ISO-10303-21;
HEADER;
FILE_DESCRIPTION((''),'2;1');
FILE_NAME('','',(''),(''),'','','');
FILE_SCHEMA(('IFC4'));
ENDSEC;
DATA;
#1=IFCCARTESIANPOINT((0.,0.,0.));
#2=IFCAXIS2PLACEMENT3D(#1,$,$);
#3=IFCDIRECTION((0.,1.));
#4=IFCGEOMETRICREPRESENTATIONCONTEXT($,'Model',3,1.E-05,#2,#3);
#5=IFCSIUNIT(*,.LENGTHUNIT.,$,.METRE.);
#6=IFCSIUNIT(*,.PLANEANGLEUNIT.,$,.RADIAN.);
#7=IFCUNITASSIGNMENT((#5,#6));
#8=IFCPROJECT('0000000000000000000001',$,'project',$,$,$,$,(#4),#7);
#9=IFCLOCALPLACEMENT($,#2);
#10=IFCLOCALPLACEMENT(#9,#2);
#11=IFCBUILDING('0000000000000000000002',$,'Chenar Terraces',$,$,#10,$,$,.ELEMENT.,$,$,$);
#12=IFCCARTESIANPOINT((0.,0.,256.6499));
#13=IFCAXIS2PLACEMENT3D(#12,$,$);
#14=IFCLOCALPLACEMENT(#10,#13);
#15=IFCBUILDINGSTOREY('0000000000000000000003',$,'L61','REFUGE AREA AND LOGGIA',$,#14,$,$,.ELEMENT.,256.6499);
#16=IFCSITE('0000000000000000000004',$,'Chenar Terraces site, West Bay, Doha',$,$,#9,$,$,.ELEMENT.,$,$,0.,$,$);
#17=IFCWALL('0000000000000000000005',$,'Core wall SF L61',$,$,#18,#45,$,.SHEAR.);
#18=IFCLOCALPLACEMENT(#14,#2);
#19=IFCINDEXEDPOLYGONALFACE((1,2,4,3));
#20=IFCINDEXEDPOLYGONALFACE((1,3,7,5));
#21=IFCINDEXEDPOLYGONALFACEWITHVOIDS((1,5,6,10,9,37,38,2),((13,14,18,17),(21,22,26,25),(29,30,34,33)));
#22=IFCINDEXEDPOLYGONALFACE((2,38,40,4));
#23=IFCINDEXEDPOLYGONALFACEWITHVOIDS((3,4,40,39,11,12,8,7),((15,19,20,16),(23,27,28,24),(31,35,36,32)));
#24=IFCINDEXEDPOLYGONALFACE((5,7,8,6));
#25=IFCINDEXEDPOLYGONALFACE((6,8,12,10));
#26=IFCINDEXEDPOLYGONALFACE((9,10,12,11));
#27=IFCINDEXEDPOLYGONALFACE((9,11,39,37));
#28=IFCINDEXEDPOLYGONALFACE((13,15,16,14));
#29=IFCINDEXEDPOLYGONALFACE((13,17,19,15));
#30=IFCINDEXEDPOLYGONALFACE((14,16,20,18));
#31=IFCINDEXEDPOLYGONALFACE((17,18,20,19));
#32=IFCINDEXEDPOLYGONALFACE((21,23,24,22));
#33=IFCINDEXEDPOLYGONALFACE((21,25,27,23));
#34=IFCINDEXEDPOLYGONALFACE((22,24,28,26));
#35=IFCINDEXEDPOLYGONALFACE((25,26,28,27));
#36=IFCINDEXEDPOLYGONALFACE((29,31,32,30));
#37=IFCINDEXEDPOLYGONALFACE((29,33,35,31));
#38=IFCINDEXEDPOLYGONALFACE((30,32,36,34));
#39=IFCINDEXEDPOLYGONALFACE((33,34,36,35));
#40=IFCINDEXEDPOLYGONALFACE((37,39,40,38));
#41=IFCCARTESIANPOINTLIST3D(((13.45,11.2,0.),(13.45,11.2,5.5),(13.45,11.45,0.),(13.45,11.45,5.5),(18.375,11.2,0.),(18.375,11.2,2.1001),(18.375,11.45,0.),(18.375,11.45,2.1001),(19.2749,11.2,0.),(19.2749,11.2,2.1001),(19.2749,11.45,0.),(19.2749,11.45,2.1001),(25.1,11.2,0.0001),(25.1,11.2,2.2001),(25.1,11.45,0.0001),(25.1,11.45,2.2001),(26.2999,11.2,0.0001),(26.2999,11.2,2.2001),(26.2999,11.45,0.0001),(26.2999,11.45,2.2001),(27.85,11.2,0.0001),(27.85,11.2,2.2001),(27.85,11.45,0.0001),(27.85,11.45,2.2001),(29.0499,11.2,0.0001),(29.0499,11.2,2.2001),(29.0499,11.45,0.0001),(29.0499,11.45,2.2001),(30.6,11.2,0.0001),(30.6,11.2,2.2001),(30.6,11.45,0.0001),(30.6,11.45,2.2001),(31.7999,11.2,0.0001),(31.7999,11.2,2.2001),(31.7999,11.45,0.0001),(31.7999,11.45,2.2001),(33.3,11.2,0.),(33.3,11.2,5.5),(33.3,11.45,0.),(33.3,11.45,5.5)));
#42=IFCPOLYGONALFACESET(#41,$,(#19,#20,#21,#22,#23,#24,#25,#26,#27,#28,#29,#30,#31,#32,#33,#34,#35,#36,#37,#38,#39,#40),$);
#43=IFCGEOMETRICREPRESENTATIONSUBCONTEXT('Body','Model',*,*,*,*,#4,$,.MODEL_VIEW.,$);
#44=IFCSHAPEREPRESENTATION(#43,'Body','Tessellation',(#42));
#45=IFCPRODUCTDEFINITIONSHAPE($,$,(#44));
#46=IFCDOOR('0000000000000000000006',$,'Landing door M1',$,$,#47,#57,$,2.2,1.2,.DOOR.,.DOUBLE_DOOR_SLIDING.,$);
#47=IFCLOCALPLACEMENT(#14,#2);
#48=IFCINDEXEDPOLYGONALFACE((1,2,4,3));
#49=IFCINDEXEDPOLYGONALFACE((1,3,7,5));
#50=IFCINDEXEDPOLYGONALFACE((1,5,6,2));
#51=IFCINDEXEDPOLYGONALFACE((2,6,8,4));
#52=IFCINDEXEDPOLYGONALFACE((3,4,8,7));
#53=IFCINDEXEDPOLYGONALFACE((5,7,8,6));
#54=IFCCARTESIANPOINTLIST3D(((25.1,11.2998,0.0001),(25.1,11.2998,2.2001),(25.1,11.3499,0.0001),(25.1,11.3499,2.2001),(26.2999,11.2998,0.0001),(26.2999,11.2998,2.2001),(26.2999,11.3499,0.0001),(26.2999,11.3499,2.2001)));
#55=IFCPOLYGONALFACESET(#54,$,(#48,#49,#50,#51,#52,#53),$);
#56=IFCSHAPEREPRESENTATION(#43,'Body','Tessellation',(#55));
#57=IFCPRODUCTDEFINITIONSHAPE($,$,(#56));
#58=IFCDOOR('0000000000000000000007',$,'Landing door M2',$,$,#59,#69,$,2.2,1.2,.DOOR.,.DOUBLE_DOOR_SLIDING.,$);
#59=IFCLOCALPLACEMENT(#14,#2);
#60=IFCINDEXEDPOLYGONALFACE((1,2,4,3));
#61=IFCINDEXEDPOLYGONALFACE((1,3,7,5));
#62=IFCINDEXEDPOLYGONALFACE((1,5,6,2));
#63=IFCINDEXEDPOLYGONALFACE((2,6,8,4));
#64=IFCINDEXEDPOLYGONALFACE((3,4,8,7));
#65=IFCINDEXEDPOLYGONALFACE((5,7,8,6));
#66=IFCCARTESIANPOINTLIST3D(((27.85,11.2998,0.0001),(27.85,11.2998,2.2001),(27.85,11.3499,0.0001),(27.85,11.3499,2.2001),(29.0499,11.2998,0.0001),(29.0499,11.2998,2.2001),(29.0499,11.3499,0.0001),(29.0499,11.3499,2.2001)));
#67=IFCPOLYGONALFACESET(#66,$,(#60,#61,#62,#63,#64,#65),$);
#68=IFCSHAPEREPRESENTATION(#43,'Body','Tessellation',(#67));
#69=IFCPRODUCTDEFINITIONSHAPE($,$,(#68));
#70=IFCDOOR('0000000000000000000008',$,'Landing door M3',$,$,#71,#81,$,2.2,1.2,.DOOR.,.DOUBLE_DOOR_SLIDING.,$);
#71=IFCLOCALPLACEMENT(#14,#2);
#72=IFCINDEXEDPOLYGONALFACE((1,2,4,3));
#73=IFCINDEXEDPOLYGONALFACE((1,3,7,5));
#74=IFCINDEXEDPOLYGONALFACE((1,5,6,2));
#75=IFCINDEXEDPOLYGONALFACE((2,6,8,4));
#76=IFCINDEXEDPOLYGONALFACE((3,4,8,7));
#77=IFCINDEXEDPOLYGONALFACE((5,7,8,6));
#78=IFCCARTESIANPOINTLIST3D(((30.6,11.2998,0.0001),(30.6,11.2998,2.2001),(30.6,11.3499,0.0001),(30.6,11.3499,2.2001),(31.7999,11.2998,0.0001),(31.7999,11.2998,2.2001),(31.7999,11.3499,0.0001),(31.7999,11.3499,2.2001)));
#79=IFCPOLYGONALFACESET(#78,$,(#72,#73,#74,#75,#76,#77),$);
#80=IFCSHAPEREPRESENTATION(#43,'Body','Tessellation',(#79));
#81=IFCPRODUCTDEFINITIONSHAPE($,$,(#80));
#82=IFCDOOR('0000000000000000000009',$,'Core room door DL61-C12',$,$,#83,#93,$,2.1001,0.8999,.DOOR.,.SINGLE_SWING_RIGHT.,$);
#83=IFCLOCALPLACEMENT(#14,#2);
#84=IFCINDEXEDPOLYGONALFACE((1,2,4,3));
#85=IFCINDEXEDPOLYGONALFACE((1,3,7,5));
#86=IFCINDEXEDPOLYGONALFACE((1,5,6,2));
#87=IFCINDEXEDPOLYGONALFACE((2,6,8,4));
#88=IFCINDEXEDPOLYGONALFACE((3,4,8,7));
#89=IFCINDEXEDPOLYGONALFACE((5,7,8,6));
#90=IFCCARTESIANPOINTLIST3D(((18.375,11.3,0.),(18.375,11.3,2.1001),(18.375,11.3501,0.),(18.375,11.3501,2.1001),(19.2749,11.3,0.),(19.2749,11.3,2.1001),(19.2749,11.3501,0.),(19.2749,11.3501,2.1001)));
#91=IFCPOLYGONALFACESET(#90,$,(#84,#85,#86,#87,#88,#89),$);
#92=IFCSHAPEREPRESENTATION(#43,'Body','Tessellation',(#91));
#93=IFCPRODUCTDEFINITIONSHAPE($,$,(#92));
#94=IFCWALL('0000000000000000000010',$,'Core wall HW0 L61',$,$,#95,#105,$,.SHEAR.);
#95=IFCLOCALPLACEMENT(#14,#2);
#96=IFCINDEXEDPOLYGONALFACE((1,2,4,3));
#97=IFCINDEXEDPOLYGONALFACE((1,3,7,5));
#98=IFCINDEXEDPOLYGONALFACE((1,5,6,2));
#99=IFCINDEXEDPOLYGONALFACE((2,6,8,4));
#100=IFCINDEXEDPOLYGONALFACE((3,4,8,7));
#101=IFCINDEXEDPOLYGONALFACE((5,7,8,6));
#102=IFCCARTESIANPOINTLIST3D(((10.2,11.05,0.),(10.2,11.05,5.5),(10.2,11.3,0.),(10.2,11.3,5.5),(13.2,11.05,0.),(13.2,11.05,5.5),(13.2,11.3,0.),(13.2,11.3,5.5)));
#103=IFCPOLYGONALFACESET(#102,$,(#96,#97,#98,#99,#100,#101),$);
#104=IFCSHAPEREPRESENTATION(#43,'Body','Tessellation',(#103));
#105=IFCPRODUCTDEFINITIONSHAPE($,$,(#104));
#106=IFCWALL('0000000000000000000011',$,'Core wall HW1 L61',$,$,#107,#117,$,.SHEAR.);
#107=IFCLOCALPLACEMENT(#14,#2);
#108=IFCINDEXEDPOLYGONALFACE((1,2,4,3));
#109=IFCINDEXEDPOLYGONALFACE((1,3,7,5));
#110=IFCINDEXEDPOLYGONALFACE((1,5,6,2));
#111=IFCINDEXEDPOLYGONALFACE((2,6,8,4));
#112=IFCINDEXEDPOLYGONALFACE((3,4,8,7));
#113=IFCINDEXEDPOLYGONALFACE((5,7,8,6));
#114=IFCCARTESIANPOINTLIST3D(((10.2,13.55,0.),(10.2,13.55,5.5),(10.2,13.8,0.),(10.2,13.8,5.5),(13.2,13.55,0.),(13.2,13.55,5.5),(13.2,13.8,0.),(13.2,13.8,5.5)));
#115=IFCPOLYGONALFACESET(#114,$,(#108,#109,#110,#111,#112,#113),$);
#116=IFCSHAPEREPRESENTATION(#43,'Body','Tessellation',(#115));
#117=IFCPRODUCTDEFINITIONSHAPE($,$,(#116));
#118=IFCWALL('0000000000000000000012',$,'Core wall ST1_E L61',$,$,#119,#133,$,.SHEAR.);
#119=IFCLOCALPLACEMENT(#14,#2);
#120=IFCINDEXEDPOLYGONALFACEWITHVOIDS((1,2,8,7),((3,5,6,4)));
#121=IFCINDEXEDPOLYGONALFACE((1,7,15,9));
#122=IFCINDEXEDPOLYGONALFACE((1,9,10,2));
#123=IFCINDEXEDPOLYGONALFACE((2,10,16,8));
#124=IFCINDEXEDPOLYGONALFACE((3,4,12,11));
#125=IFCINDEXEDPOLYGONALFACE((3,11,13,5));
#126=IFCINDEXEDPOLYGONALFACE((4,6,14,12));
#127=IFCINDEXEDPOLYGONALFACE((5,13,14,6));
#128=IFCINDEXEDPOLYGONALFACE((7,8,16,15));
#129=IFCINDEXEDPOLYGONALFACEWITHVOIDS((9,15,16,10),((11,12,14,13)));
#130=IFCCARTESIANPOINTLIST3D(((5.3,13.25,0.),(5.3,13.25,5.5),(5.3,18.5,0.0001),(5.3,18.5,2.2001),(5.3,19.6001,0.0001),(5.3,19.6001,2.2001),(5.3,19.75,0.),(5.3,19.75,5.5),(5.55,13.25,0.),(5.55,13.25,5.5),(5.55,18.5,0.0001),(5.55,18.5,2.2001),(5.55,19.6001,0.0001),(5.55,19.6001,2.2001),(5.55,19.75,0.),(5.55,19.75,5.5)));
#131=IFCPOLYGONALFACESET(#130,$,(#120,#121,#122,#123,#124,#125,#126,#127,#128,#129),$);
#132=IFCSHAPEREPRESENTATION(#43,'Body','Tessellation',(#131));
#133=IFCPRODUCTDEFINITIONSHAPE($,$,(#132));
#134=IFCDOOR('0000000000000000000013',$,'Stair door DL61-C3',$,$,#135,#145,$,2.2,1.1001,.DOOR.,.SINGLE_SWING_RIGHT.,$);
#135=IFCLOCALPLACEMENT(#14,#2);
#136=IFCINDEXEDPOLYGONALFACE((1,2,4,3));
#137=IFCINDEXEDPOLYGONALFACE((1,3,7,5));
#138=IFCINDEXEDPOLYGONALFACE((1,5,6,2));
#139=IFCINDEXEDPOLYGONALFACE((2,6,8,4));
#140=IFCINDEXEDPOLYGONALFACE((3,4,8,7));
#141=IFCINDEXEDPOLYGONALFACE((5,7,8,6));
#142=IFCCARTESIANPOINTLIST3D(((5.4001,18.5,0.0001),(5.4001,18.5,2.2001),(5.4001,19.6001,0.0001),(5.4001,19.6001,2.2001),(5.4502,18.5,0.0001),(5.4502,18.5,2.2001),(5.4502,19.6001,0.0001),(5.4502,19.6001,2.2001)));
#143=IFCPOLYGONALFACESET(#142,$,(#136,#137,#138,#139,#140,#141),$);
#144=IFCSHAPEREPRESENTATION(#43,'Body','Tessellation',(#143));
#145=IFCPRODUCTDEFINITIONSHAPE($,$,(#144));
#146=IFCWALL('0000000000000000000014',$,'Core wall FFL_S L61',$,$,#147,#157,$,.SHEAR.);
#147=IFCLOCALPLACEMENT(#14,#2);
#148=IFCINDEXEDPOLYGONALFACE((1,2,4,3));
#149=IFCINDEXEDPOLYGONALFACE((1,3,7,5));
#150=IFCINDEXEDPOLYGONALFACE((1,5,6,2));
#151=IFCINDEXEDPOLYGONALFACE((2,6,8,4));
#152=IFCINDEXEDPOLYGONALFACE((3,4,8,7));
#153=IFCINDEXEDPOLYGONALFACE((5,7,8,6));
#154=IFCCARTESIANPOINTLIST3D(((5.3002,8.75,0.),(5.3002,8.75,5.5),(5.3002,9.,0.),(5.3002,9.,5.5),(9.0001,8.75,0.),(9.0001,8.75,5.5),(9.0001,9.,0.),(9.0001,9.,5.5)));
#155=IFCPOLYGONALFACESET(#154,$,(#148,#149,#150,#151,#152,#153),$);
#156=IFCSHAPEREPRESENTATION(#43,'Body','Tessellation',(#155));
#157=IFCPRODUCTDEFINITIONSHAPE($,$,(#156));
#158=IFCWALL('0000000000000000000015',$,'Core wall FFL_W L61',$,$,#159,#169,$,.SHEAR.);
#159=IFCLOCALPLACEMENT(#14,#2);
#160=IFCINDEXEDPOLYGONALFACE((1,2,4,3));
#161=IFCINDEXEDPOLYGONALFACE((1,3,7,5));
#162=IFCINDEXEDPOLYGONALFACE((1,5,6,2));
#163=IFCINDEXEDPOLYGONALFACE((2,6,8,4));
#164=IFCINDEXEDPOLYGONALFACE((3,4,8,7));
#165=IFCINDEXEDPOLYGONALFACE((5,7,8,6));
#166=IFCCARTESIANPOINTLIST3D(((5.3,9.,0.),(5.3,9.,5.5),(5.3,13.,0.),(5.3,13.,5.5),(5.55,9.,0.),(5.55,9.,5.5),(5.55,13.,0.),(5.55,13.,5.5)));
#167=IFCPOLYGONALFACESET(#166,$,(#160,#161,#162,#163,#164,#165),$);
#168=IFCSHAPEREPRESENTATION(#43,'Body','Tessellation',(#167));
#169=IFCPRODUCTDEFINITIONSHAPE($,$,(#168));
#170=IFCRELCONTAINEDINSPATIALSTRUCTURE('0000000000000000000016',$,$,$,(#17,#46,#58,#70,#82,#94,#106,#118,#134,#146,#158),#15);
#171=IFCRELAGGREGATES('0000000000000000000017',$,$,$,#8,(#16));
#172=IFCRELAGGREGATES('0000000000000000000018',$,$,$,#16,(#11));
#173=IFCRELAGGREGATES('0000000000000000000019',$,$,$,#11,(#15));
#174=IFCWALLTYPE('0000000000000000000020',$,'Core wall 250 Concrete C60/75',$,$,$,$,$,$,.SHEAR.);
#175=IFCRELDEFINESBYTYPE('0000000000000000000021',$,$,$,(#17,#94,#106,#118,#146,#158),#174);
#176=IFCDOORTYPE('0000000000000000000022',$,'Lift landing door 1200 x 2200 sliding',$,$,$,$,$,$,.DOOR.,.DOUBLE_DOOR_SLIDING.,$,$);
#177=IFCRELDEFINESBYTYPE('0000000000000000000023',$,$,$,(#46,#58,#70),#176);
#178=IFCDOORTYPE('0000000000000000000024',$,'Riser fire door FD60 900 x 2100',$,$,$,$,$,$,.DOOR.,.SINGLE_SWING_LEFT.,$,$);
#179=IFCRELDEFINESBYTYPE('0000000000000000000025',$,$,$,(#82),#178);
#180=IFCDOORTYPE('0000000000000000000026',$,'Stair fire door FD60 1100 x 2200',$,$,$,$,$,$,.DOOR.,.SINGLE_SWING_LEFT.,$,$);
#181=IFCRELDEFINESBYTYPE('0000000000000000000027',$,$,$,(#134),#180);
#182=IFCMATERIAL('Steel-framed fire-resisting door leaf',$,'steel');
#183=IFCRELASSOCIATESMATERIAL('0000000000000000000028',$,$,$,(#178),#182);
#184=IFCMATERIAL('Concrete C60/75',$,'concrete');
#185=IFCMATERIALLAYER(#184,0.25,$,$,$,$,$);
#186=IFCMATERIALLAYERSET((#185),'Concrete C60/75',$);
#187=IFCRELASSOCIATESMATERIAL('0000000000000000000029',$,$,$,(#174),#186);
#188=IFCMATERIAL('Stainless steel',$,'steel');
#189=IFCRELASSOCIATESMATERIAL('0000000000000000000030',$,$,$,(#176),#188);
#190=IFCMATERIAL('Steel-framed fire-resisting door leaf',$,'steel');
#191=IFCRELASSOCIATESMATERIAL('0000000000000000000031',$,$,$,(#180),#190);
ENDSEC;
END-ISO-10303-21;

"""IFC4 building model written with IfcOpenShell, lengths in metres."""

from ifc_helpers import new_model, si_unit, direction, frame, frame_2d, origin, place, context, subcontext, project, spatial, rectangle, extrude, material, layer, layer_set, type_object, element, fill, save


model = new_model("IFC4")

# Units and contexts
model_context = context("Model", 3, precision=1e-05, world=origin(), true_north=direction((0.0, 1.0)))
body_context = subcontext(model_context, "Body", "Model", "MODEL_VIEW")
ifc_project = project(units=[si_unit("LENGTHUNIT", "METRE"), si_unit("PLANEANGLEUNIT", "RADIAN")], contexts=[model_context])

# Site, building, storey
site_placement = place(None, origin())
site = spatial("IfcSite", under=ifc_project, at=site_placement, Name="Chenar Terraces site, West Bay, Doha", CompositionType="ELEMENT", RefElevation=0.0)
building_placement = place(site_placement, origin())
building = spatial("IfcBuilding", under=site, at=building_placement, Name="Chenar Terraces", CompositionType="ELEMENT")
storey_placement = place(building_placement, frame((0.0, 0.0, 256.6499)))
storey = spatial("IfcBuildingStorey", under=building, at=storey_placement, Name="L61", Description="REFUGE AREA AND LOGGIA", CompositionType="ELEMENT", Elevation=256.6499)

# Shared definitions
ifc_material_1 = material(Name="Steel-framed fire-resisting door leaf", Category="steel")
door_type_1 = type_object("IfcDoorType", Name="Riser fire door FD60 900 x 2100", OperationType="SINGLE_SWING_LEFT", PredefinedType="DOOR", material=ifc_material_1)

# Shared definitions
ifc_material_2 = material(Name="Concrete C60/75", Category="concrete")
ifc_layer_1 = layer(ifc_material_2, 0.25)
ifc_layer_set_1 = layer_set([ifc_layer_1], Name="Concrete C60/75")
wall_type_1 = type_object("IfcWallType", Name="Core wall 250 Concrete C60/75", PredefinedType="SHEAR", material=ifc_layer_set_1)

# Wall, openings, doors
wall_1_placement = place(storey_placement, frame((13.45, 11.325, 0.0), z_axis=(0.0, 0.0, 1.0), x_axis=(1.0, 0.0, 0.0)))
wall_1 = element("IfcWall", 1, at=wall_1_placement, inside=storey, type_object=wall_type_1, Name="Core wall SF L61", PredefinedType="SHEAR", context=body_context, shape_type="SweptSolid", body=[
    extrude(rectangle(XDim=19.8501, YDim=0.25, at=frame_2d((9.925, 0.0))), origin(), (0.0, 0.0, 1.0), 5.5),
])
opening_1_placement = place(wall_1_placement, frame((11.6499, 0.0, 0.0)))
opening_1 = element("IfcOpeningElement", 2, at=opening_1_placement, cuts=wall_1, PredefinedType="OPENING", context=body_context, shape_type="SweptSolid", body=[
    extrude(rectangle(XDim=1.2, YDim=2.2, at=frame_2d((0.6001, 1.1001))), frame((0.0, 0.135, 0.0), z_axis=(0.0, -1.0, 0.0), x_axis=(1.0, 0.0, 0.0)), (0.0, 0.0, 1.0), 0.27),
])
opening_2_placement = place(wall_1_placement, frame((14.3999, 0.0, 0.0)))
opening_2 = element("IfcOpeningElement", 3, at=opening_2_placement, cuts=wall_1, PredefinedType="OPENING", context=body_context, shape_type="SweptSolid", body=[
    extrude(rectangle(XDim=1.2, YDim=2.2, at=frame_2d((0.6001, 1.1001))), frame((0.0, 0.135, 0.0), z_axis=(0.0, -1.0, 0.0), x_axis=(1.0, 0.0, 0.0)), (0.0, 0.0, 1.0), 0.27),
])
opening_3_placement = place(wall_1_placement, frame((17.1499, 0.0, 0.0)))
opening_3 = element("IfcOpeningElement", 4, at=opening_3_placement, cuts=wall_1, PredefinedType="OPENING", context=body_context, shape_type="SweptSolid", body=[
    extrude(rectangle(XDim=1.2, YDim=2.2, at=frame_2d((0.6001, 1.1001))), frame((0.0, 0.135, 0.0), z_axis=(0.0, -1.0, 0.0), x_axis=(1.0, 0.0, 0.0)), (0.0, 0.0, 1.0), 0.27),
])
opening_4_placement = place(wall_1_placement, frame((4.925, 0.0, 0.0)))
opening_4 = element("IfcOpeningElement", 5, at=opening_4_placement, cuts=wall_1, PredefinedType="OPENING", context=body_context, shape_type="SweptSolid", body=[
    extrude(rectangle(XDim=0.8999, YDim=2.1001, at=frame_2d((0.45, 1.05))), frame((0.0, 0.135, 0.0), z_axis=(0.0, -1.0, 0.0), x_axis=(1.0, 0.0, 0.0)), (0.0, 0.0, 1.0), 0.27),
])
ifc_material_3 = material(Name="Stainless steel", Category="steel")
door_type_2 = type_object("IfcDoorType", Name="Lift landing door 1200 x 2200 sliding", OperationType="DOUBLE_DOOR_SLIDING", PredefinedType="DOOR", material=ifc_material_3)
door_1_placement = place(opening_1_placement, origin())
door_1 = element("IfcDoor", 6, at=door_1_placement, inside=storey, type_object=door_type_2, Name="Landing door M1", OperationType="DOUBLE_DOOR_SLIDING", OverallHeight=2.2, OverallWidth=1.2, PredefinedType="DOOR", context=body_context, shape_type="SweptSolid", body=[
    extrude(rectangle(XDim=1.2, YDim=2.2, at=frame_2d((0.6001, 1.1001))), frame((0.0, 0.0249, 0.0), z_axis=(0.0, -1.0, 0.0), x_axis=(1.0, 0.0, 0.0)), (0.0, 0.0, 1.0), 0.05),
])
fill(opening_1, door_1)
door_2_placement = place(opening_2_placement, origin())
door_2 = element("IfcDoor", 7, at=door_2_placement, inside=storey, type_object=door_type_2, Name="Landing door M2", OperationType="DOUBLE_DOOR_SLIDING", OverallHeight=2.2, OverallWidth=1.2, PredefinedType="DOOR", context=body_context, shape_type="SweptSolid", body=[
    extrude(rectangle(XDim=1.2, YDim=2.2, at=frame_2d((0.6001, 1.1001))), frame((0.0, 0.0249, 0.0), z_axis=(0.0, -1.0, 0.0), x_axis=(1.0, 0.0, 0.0)), (0.0, 0.0, 1.0), 0.05),
])
fill(opening_2, door_2)
door_3_placement = place(opening_3_placement, origin())
door_3 = element("IfcDoor", 8, at=door_3_placement, inside=storey, type_object=door_type_2, Name="Landing door M3", OperationType="DOUBLE_DOOR_SLIDING", OverallHeight=2.2, OverallWidth=1.2, PredefinedType="DOOR", context=body_context, shape_type="SweptSolid", body=[
    extrude(rectangle(XDim=1.2, YDim=2.2, at=frame_2d((0.6001, 1.1001))), frame((0.0, 0.0249, 0.0), z_axis=(0.0, -1.0, 0.0), x_axis=(1.0, 0.0, 0.0)), (0.0, 0.0, 1.0), 0.05),
])
fill(opening_3, door_3)
door_4_placement = place(opening_4_placement, frame((0.8999, 0.0, 0.0), z_axis=(0.0, 0.0, 1.0), x_axis=(-1.0, 0.0, 0.0)))
door_4 = element("IfcDoor", 9, at=door_4_placement, inside=storey, type_object=door_type_1, Name="Core room door DL61-C12", OperationType="SINGLE_SWING_RIGHT", OverallHeight=2.1001, OverallWidth=0.8999, PredefinedType="DOOR", context=body_context, shape_type="SweptSolid", body=[
    extrude(rectangle(XDim=0.8999, YDim=2.1001, at=frame_2d((0.45, 1.05))), frame((0.0, 0.0249, 0.0), z_axis=(0.0, -1.0, 0.0), x_axis=(1.0, 0.0, 0.0)), (0.0, 0.0, 1.0), 0.05),
])
fill(opening_4, door_4)

# Walls
for number, where, z_axis, x_axis, name in (
    (10, (10.2, 11.175, 0.0), (0.0, 0.0, 1.0), (1.0, 0.0, 0.0), "Core wall HW0 L61"),
    (11, (10.2, 13.675, 0.0), (0.0, 0.0, 1.0), (1.0, 0.0, 0.0), "Core wall HW1 L61"),
):
    element("IfcWall", number, at=place(storey_placement, frame(where, z_axis=z_axis, x_axis=x_axis)), inside=storey, type_object=wall_type_1, Name=name, PredefinedType="SHEAR", context=body_context, shape_type="SweptSolid", body=[
        extrude(rectangle(XDim=3.0, YDim=0.25, at=frame_2d((1.5, 0.0))), origin(), (0.0, 0.0, 1.0), 5.5),
    ])

# Wall, opening, door
wall_2_placement = place(storey_placement, frame((5.425, 13.25, 0.0), z_axis=(0.0, 0.0, 1.0), x_axis=(0.0, 1.0, 0.0)))
wall_2 = element("IfcWall", 12, at=wall_2_placement, inside=storey, type_object=wall_type_1, Name="Core wall ST1_E L61", PredefinedType="SHEAR", context=body_context, shape_type="SweptSolid", body=[
    extrude(rectangle(XDim=6.5, YDim=0.25, at=frame_2d((3.25, 0.0))), origin(), (0.0, 0.0, 1.0), 5.5),
])
opening_5_placement = place(wall_2_placement, frame((5.25, 0.0, 0.0)))
opening_5 = element("IfcOpeningElement", 13, at=opening_5_placement, cuts=wall_2, PredefinedType="OPENING", context=body_context, shape_type="SweptSolid", body=[
    extrude(rectangle(XDim=1.1001, YDim=2.2, at=frame_2d((0.55, 1.1001))), frame((0.0, 0.135, 0.0), z_axis=(0.0, -1.0, 0.0), x_axis=(1.0, 0.0, 0.0)), (0.0, 0.0, 1.0), 0.27),
])
ifc_material_4 = material(Name="Steel-framed fire-resisting door leaf", Category="steel")
door_type_3 = type_object("IfcDoorType", Name="Stair fire door FD60 1100 x 2200", OperationType="SINGLE_SWING_LEFT", PredefinedType="DOOR", material=ifc_material_4)
door_5_placement = place(opening_5_placement, origin())
door_5 = element("IfcDoor", 14, at=door_5_placement, inside=storey, type_object=door_type_3, Name="Stair door DL61-C3", OperationType="SINGLE_SWING_RIGHT", OverallHeight=2.2, OverallWidth=1.1001, PredefinedType="DOOR", context=body_context, shape_type="SweptSolid", body=[
    extrude(rectangle(XDim=1.1001, YDim=2.2, at=frame_2d((0.55, 1.1001))), frame((0.0, 0.0249, 0.0), z_axis=(0.0, -1.0, 0.0), x_axis=(1.0, 0.0, 0.0)), (0.0, 0.0, 1.0), 0.05),
])
fill(opening_5, door_5)

# Walls
wall_3_placement = place(storey_placement, frame((5.3, 8.875, 0.0), z_axis=(0.0, 0.0, 1.0), x_axis=(1.0, 0.0, 0.0)))
element("IfcWall", 15, at=wall_3_placement, inside=storey, type_object=wall_type_1, Name="Core wall FFL_S L61", PredefinedType="SHEAR", context=body_context, shape_type="SweptSolid", body=[
    extrude(rectangle(XDim=3.7, YDim=0.25, at=frame_2d((1.8501, 0.0))), origin(), (0.0, 0.0, 1.0), 5.5),
])
wall_4_placement = place(storey_placement, frame((5.425, 9.0, 0.0), z_axis=(0.0, 0.0, 1.0), x_axis=(0.0, 1.0, 0.0)))
element("IfcWall", 16, at=wall_4_placement, inside=storey, type_object=wall_type_1, Name="Core wall FFL_W L61", PredefinedType="SHEAR", context=body_context, shape_type="SweptSolid", body=[
    extrude(rectangle(XDim=4.0, YDim=0.25, at=frame_2d((2.0, 0.0))), origin(), (0.0, 0.0, 1.0), 5.5),
])

save(model, "model.ifc")
